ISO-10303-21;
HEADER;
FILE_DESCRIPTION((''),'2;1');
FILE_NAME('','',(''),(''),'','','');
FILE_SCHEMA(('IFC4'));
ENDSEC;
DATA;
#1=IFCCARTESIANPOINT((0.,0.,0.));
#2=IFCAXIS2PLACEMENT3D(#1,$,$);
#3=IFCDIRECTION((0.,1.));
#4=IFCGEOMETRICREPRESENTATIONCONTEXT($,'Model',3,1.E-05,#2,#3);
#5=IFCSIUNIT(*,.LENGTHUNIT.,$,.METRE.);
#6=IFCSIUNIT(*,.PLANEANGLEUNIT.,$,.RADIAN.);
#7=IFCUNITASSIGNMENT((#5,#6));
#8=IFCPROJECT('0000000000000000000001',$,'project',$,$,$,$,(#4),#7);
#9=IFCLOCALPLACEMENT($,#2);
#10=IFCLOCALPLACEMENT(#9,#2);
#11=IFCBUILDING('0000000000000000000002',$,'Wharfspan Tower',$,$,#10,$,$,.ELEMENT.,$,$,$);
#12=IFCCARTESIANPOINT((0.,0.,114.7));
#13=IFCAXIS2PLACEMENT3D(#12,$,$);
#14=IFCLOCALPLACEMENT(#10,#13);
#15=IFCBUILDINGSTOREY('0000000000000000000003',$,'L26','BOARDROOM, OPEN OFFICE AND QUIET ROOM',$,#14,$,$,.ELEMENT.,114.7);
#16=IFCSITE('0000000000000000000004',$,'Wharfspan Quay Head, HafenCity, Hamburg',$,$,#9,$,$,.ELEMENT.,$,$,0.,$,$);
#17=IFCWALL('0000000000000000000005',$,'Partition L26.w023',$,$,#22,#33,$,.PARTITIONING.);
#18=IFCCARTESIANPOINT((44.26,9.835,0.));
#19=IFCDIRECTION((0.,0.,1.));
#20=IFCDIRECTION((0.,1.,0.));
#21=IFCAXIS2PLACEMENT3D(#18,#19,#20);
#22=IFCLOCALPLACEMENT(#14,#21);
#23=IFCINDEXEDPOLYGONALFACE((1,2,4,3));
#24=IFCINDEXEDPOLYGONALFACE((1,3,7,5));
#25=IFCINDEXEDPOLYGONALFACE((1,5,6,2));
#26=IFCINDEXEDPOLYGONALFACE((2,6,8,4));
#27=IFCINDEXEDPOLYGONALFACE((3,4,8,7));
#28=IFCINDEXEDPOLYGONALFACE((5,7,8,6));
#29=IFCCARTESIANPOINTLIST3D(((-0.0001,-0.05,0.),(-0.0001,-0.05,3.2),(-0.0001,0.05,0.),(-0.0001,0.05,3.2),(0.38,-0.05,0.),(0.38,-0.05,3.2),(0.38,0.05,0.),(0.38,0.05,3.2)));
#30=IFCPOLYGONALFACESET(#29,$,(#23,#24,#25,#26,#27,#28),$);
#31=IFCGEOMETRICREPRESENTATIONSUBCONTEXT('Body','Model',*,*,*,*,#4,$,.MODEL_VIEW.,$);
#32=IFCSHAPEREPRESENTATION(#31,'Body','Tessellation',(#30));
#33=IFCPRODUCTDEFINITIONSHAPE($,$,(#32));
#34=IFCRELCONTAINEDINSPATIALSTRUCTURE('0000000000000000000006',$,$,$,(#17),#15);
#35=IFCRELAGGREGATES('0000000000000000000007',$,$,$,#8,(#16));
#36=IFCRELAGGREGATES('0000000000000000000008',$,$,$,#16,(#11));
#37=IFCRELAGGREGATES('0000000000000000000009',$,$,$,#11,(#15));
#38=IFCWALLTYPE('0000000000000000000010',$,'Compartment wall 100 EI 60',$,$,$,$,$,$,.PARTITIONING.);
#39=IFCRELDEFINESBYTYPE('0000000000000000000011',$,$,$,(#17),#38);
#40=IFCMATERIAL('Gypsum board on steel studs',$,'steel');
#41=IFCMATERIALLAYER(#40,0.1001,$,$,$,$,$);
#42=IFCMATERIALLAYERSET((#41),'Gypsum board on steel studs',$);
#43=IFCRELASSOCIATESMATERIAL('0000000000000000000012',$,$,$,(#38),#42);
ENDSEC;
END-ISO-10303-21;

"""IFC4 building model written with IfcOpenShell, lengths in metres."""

from ifc_helpers import new_model, si_unit, direction, frame, frame_2d, origin, place, context, subcontext, project, spatial, rectangle, extrude, material, layer, layer_set, type_object, element, save


model = new_model("IFC4")

# Units and contexts
model_context = context("Model", 3, precision=1e-05, world=origin(), true_north=direction((0.0, 1.0)))
body_context = subcontext(model_context, "Body", "Model", "MODEL_VIEW")
ifc_project = project(units=[si_unit("LENGTHUNIT", "METRE"), si_unit("PLANEANGLEUNIT", "RADIAN")], contexts=[model_context])

# Site, building, storey
site_placement = place(None, origin())
site = spatial("IfcSite", under=ifc_project, at=site_placement, Name="Wharfspan Quay Head, HafenCity, Hamburg", CompositionType="ELEMENT", RefElevation=0.0)
building_placement = place(site_placement, origin())
building = spatial("IfcBuilding", under=site, at=building_placement, Name="Wharfspan Tower", CompositionType="ELEMENT")
storey_placement = place(building_placement, frame((0.0, 0.0, 114.7)))
storey = spatial("IfcBuildingStorey", under=building, at=storey_placement, Name="L26", Description="BOARDROOM, OPEN OFFICE AND QUIET ROOM", CompositionType="ELEMENT", Elevation=114.7)

# Wall
ifc_material_1 = material(Name="Gypsum board on steel studs", Category="steel")
ifc_layer_1 = layer(ifc_material_1, 0.1001)
ifc_layer_set_1 = layer_set([ifc_layer_1], Name="Gypsum board on steel studs")
wall_type_1 = type_object("IfcWallType", Name="Compartment wall 100 EI 60", PredefinedType="PARTITIONING", material=ifc_layer_set_1)
wall_1_placement = place(storey_placement, frame((44.26, 9.835, 0.0), z_axis=(0.0, 0.0, 1.0), x_axis=(0.0, 1.0, 0.0)))
element("IfcWall", 1, at=wall_1_placement, inside=storey, type_object=wall_type_1, Name="Partition L26.w023", PredefinedType="PARTITIONING", context=body_context, shape_type="SweptSolid", body=[
    extrude(rectangle(XDim=0.3801, YDim=0.1001, at=frame_2d((0.1899, 0.0))), origin(), (0.0, 0.0, 1.0), 3.2),
])

save(model, "model.ifc")
